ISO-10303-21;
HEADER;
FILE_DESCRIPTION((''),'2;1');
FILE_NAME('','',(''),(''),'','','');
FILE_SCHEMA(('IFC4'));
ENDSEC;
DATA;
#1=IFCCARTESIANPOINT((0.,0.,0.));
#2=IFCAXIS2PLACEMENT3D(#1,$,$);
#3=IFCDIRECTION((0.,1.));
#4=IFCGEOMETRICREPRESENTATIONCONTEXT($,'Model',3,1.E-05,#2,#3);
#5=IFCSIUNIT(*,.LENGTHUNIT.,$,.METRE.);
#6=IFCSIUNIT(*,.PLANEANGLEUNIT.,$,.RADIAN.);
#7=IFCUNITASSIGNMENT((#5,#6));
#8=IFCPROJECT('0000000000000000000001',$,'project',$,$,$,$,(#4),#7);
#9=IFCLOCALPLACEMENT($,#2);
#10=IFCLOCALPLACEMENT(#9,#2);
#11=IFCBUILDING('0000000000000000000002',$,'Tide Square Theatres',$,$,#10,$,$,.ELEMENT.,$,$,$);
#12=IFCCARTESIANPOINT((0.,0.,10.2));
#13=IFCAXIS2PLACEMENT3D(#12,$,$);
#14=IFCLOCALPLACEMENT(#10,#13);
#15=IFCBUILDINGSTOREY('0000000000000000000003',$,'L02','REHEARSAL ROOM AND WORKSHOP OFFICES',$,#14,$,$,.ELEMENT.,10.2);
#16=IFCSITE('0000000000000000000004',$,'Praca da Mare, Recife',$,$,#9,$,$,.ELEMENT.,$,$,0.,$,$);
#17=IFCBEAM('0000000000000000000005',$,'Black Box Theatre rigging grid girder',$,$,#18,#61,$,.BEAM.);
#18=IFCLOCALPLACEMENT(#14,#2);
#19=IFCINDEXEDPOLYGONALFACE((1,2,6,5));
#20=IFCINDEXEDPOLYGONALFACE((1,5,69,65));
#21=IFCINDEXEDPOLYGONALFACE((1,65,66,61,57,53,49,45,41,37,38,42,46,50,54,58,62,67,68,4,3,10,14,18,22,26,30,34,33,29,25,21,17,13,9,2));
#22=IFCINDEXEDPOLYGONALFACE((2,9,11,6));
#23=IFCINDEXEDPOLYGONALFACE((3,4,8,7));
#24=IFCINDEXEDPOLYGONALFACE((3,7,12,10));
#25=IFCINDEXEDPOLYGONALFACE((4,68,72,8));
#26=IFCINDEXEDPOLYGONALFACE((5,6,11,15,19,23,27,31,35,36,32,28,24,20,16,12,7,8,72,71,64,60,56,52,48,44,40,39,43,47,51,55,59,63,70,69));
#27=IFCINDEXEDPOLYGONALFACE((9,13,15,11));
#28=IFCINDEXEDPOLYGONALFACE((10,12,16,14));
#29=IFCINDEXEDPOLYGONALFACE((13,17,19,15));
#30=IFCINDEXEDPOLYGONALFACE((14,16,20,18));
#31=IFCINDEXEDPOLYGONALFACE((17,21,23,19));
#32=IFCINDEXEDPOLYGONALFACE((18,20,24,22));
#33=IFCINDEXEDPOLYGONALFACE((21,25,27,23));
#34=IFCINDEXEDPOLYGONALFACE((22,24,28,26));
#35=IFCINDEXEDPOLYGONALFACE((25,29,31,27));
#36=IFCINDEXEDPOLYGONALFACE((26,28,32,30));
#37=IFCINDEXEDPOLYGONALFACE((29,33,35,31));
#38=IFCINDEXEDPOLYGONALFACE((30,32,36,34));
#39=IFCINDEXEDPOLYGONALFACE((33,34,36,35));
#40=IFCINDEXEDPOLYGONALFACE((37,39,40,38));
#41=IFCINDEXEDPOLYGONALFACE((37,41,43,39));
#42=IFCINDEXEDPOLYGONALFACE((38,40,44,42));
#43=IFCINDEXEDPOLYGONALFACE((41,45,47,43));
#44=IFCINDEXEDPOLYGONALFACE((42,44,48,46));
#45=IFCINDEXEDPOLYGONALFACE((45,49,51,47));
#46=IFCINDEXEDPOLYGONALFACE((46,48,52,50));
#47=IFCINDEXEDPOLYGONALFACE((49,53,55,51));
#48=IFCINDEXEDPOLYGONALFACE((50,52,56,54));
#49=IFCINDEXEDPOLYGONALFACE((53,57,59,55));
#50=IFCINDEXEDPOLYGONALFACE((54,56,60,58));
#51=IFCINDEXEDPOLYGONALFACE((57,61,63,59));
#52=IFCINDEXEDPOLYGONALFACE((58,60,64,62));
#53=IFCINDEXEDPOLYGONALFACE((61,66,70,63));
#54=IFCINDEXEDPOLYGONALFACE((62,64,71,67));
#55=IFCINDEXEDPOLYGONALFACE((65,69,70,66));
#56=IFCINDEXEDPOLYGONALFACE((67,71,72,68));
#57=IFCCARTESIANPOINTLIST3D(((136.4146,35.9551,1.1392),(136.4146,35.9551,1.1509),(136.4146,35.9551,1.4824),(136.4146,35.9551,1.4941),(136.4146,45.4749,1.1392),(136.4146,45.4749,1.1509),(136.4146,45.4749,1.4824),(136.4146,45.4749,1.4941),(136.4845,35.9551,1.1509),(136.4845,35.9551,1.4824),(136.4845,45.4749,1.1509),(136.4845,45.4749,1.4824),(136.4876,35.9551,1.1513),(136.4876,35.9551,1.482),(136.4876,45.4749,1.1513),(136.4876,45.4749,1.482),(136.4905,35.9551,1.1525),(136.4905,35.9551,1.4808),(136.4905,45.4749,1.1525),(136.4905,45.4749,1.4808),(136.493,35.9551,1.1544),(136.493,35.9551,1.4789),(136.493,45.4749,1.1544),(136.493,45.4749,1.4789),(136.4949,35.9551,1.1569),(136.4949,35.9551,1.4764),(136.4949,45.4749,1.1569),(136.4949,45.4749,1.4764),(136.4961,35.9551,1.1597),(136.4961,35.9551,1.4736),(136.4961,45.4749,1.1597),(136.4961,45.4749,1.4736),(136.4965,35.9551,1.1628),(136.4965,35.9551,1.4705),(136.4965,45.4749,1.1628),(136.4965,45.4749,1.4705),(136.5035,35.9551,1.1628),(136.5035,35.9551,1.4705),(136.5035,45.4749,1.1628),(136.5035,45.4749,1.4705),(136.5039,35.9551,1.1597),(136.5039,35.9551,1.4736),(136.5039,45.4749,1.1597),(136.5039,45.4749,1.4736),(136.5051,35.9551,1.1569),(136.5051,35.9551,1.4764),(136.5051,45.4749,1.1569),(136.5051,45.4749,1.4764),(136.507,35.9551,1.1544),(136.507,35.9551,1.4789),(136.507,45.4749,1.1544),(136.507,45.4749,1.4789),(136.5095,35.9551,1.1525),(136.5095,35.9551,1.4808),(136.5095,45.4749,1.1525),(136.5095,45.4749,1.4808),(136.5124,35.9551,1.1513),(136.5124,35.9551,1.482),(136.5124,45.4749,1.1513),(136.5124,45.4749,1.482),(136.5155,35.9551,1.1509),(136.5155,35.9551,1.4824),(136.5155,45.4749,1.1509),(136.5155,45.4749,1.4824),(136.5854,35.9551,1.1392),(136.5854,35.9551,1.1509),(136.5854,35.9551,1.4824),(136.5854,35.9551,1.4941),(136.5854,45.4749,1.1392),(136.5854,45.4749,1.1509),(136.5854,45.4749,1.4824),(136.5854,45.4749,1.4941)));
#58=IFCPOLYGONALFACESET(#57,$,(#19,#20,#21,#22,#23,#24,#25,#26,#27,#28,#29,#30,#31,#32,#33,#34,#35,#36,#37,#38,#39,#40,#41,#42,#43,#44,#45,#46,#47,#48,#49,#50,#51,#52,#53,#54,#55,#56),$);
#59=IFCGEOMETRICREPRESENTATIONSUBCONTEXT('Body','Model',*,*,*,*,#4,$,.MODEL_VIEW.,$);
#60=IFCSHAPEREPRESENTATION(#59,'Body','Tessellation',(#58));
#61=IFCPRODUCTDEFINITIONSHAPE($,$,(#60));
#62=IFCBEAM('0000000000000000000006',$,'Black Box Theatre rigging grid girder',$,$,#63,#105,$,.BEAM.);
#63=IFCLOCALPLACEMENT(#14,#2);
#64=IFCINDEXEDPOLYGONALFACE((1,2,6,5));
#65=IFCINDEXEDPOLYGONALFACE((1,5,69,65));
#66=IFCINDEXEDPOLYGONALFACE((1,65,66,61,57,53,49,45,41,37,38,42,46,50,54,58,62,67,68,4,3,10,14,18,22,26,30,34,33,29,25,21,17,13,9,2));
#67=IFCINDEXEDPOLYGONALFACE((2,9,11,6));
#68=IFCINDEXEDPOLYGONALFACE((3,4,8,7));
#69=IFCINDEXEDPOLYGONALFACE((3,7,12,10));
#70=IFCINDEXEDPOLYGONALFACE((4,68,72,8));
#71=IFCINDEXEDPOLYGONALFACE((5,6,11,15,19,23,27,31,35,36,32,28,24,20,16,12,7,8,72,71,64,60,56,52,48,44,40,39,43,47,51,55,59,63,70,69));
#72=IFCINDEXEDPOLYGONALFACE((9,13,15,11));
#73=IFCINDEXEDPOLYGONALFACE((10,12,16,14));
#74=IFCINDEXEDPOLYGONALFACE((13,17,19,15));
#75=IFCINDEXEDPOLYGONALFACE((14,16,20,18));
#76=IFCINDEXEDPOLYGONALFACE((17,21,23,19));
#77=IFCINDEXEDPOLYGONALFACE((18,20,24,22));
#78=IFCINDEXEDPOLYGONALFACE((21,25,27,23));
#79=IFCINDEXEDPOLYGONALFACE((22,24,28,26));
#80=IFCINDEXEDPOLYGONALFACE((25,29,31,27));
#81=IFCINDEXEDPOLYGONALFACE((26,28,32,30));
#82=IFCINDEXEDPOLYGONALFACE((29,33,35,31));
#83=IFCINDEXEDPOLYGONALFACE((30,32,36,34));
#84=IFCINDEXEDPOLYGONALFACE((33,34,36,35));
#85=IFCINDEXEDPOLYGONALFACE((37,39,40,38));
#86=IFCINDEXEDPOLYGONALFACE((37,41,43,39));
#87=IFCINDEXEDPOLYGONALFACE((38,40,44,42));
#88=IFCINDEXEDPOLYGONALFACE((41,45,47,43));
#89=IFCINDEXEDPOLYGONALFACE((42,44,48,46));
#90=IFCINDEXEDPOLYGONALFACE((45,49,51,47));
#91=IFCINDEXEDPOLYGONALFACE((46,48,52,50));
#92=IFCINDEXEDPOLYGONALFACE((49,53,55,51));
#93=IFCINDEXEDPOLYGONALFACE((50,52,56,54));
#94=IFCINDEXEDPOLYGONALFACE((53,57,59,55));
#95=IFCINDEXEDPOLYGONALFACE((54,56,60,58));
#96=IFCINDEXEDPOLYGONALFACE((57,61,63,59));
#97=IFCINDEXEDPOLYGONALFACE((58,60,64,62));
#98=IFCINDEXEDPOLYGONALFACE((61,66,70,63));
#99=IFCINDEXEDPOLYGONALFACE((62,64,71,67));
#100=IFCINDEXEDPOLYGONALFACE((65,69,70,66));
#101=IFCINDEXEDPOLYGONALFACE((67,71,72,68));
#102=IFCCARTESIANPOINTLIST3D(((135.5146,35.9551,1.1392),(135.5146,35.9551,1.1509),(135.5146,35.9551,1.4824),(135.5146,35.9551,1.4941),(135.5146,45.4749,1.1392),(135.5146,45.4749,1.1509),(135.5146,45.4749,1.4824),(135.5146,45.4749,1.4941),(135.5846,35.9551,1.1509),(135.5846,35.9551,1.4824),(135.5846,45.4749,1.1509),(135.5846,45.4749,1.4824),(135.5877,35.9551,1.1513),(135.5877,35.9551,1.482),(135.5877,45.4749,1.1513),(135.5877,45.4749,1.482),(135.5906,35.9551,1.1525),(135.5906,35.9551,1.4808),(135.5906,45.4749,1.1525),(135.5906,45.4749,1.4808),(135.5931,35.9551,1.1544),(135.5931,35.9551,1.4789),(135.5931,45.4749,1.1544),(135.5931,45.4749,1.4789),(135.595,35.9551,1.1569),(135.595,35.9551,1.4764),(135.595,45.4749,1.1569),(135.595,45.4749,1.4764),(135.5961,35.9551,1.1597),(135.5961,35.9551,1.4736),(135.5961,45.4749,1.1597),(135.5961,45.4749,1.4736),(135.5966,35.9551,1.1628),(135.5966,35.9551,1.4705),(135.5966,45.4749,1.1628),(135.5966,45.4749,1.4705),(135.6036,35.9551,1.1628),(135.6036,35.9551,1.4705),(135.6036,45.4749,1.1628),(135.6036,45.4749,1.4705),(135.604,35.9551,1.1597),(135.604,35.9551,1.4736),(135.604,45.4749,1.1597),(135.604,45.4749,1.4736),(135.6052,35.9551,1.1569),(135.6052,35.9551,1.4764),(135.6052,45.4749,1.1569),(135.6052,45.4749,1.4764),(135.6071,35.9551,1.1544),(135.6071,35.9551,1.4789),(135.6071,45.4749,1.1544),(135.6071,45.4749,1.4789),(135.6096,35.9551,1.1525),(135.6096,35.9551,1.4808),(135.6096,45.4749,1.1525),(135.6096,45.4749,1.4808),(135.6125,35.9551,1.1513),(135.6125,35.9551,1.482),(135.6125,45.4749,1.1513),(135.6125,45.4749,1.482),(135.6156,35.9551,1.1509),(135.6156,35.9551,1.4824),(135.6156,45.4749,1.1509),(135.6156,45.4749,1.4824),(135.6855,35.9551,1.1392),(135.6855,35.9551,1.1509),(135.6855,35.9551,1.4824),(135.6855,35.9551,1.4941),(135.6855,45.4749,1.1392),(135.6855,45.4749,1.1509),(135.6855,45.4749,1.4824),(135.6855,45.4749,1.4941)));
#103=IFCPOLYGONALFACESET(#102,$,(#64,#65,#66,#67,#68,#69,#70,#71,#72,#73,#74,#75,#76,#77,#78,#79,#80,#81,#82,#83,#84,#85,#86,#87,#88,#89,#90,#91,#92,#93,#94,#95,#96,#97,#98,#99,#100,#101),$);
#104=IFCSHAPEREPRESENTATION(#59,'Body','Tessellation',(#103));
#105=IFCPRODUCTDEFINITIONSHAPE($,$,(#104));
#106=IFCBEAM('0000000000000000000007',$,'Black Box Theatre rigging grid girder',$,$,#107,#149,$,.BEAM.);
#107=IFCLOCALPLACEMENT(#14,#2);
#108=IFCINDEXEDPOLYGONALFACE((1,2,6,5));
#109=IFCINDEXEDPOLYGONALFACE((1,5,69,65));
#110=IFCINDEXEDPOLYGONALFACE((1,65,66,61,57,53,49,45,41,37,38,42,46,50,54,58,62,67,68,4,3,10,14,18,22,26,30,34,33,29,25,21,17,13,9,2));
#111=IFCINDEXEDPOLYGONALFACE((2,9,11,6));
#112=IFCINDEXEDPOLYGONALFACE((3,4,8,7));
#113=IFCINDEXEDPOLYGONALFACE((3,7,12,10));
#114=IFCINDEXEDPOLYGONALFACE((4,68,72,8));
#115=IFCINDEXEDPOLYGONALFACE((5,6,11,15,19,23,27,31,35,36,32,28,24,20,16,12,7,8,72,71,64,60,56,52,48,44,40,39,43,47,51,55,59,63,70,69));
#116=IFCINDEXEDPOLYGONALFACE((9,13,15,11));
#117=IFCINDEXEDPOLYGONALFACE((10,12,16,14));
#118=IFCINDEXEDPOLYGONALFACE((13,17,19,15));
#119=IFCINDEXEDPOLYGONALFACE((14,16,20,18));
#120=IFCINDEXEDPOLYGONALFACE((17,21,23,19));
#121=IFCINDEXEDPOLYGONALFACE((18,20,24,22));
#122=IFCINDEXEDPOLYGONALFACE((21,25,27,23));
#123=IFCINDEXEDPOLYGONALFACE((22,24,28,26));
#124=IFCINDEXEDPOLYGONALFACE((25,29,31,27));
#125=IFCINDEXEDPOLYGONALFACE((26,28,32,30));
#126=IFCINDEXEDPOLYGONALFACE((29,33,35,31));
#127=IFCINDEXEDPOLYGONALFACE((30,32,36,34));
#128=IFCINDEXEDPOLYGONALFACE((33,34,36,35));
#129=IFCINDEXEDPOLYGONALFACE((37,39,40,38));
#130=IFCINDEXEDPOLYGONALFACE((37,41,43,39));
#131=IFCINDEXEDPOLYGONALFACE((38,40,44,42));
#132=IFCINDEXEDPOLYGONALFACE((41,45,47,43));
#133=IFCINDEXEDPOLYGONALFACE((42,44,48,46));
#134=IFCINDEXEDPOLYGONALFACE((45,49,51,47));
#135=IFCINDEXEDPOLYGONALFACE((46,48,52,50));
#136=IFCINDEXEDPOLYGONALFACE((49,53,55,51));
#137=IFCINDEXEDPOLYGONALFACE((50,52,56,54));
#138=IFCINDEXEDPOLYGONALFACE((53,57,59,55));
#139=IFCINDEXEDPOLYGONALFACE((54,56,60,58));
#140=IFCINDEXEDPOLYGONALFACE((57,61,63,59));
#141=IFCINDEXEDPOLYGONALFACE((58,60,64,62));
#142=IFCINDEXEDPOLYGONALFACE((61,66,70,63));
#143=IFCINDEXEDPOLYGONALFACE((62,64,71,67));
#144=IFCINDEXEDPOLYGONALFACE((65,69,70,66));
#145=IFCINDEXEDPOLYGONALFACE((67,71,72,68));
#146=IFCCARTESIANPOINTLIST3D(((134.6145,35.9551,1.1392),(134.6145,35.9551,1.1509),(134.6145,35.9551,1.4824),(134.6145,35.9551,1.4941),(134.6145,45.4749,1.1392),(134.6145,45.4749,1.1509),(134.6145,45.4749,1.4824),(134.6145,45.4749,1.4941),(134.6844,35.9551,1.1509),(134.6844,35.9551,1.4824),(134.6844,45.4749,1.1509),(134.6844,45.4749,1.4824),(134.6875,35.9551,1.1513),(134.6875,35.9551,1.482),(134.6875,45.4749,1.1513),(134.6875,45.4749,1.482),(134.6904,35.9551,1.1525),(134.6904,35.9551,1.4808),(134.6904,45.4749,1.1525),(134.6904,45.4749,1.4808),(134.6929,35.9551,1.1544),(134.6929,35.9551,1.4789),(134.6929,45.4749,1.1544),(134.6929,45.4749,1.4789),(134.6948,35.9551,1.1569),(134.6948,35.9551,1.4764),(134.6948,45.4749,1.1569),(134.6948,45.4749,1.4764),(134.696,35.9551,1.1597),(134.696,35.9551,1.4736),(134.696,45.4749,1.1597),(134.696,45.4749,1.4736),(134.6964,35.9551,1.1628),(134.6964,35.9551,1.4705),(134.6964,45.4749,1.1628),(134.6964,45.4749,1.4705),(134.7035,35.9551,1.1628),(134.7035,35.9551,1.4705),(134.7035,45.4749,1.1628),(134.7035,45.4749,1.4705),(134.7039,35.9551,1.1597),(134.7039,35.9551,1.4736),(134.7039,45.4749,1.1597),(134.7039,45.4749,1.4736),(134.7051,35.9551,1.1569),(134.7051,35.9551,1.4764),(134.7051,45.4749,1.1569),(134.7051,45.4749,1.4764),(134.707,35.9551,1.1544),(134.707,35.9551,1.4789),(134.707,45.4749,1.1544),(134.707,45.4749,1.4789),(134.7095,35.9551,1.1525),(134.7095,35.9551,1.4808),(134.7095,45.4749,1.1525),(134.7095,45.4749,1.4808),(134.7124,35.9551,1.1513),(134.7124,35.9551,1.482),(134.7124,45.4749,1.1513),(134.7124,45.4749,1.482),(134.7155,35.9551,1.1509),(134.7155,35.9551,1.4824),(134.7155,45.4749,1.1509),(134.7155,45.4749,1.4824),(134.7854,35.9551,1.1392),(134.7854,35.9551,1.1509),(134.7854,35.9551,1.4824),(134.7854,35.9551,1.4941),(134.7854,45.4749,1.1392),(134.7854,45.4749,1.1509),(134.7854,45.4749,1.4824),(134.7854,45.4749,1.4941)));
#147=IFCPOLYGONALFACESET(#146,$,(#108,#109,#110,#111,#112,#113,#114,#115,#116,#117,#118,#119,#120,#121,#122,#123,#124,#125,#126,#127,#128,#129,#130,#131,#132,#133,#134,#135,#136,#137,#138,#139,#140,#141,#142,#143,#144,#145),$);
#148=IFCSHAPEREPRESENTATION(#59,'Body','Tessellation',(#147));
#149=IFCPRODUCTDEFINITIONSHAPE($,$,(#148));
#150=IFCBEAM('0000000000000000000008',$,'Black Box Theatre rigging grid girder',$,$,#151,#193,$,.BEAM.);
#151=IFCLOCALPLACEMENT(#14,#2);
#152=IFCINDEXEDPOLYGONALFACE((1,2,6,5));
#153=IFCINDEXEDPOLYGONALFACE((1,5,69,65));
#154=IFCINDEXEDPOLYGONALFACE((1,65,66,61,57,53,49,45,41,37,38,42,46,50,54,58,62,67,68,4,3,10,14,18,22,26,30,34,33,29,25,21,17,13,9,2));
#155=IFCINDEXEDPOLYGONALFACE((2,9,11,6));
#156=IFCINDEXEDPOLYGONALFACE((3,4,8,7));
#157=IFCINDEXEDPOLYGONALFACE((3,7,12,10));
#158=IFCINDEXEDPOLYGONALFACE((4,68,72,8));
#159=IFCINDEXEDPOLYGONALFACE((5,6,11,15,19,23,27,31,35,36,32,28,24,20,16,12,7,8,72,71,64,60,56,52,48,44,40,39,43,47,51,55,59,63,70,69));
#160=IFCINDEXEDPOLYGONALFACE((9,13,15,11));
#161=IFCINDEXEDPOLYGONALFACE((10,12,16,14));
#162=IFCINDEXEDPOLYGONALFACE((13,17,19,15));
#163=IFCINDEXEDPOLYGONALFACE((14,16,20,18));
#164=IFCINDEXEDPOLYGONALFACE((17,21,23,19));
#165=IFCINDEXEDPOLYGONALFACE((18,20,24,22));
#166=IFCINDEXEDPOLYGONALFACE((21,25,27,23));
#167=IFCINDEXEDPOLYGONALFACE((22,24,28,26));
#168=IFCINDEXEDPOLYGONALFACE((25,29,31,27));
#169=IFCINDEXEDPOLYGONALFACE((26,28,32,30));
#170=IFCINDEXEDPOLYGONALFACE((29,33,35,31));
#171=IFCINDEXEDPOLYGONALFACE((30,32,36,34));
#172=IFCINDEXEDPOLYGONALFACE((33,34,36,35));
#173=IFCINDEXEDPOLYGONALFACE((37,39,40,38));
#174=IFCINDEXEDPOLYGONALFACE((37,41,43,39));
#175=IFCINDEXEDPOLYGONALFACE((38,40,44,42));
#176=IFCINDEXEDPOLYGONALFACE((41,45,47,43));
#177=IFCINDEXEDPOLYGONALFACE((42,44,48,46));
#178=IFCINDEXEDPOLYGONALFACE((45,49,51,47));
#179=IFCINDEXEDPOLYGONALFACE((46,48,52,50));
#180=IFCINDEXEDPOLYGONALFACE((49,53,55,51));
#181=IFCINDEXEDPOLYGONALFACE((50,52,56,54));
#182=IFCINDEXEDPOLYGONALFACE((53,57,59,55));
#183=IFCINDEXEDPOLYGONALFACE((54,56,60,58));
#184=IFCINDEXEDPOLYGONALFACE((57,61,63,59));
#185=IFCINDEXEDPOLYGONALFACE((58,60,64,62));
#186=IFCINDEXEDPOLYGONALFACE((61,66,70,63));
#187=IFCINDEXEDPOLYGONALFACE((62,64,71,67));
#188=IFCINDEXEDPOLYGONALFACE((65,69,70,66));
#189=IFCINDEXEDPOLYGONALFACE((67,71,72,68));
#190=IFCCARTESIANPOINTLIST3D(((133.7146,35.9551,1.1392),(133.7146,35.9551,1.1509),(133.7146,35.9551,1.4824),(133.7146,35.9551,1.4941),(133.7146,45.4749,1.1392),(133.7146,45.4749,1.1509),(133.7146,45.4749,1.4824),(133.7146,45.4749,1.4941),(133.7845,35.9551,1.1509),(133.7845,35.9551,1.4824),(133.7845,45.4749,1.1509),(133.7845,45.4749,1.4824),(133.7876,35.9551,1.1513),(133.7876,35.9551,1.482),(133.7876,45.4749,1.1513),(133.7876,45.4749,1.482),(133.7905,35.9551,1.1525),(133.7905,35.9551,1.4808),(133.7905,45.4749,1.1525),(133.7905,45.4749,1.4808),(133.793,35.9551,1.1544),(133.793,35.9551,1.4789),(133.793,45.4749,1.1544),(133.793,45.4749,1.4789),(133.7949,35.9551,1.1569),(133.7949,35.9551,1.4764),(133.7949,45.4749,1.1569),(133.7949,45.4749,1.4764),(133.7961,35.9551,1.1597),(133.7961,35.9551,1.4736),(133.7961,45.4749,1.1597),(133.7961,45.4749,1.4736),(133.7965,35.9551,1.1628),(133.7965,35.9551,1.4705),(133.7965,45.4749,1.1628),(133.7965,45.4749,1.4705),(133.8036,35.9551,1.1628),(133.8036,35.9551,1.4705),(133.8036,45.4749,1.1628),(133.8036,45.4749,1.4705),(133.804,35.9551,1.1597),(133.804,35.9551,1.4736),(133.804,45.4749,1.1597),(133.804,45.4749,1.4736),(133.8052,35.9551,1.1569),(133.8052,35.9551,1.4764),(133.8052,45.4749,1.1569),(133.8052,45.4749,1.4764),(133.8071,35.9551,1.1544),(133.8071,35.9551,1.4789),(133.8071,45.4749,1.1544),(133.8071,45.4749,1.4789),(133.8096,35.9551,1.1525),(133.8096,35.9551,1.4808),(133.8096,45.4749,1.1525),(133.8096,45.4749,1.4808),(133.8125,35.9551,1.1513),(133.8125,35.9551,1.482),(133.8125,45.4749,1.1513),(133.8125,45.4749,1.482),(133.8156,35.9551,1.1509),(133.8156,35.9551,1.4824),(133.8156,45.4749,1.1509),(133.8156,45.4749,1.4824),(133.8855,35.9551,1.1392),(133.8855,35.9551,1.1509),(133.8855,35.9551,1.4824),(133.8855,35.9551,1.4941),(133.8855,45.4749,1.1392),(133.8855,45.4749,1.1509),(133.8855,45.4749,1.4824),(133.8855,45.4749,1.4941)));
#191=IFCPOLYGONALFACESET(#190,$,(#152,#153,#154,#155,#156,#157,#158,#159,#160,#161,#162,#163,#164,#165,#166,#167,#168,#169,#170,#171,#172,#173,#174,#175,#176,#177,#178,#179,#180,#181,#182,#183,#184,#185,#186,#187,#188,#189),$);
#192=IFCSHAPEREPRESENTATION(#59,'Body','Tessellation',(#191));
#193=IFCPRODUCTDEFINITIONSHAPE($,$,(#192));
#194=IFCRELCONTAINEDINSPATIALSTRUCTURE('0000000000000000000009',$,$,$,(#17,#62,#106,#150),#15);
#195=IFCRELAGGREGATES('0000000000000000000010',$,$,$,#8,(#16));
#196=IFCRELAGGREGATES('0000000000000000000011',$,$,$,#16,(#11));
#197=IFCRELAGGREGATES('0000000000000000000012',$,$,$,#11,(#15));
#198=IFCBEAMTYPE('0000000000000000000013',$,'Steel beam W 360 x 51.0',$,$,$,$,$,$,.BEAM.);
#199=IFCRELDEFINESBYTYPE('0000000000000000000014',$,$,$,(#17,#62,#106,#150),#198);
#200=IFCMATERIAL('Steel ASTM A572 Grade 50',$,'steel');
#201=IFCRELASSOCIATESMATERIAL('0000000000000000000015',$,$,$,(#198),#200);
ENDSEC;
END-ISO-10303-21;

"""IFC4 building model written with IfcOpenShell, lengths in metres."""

from ifc_helpers import new_model, si_unit, direction, frame, origin, origin_2d, place, context, subcontext, project, spatial, i_section, extrude, material, material_profile, profile_set, type_object, element, save


model = new_model("IFC4")

# Units and contexts
model_context = context("Model", 3, precision=1e-05, world=origin(), true_north=direction((0.0, 1.0)))
body_context = subcontext(model_context, "Body", "Model", "MODEL_VIEW")
ifc_project = project(units=[si_unit("LENGTHUNIT", "METRE"), si_unit("PLANEANGLEUNIT", "RADIAN")], contexts=[model_context])

# Site, building, storey
site_placement = place(None, origin())
site = spatial("IfcSite", under=ifc_project, at=site_placement, Name="Praca da Mare, Recife", CompositionType="ELEMENT", RefElevation=0.0)
building_placement = place(site_placement, origin())
building = spatial("IfcBuilding", under=site, at=building_placement, Name="Tide Square Theatres", CompositionType="ELEMENT")
storey_placement = place(building_placement, frame((0.0, 0.0, 10.2)))
storey = spatial("IfcBuildingStorey", under=building, at=storey_placement, Name="L02", Description="REHEARSAL ROOM AND WORKSHOP OFFICES", CompositionType="ELEMENT", Elevation=10.2)

# Beams
ifc_material_1 = material(Name="Steel ASTM A572 Grade 50", Category="steel")
ifc_material_profile_1 = material_profile(ifc_material_1, i_section(OverallWidth=0.1709, OverallDepth=0.355, WebThickness=0.0071, FlangeThickness=0.0117, FilletRadius=0.012, at=origin_2d()))
ifc_profile_set_1 = profile_set([ifc_material_profile_1], Name="Steel ASTM A572 Grade 50")
beam_type_1 = type_object("IfcBeamType", Name="Steel beam W 360 x 51.0", PredefinedType="BEAM", material=ifc_profile_set_1)
for number, where, z_axis, x_axis, name in (
    (1, (136.5, 35.9551, 1.3167), (0.0, 1.0, 0.0), (-1.0, 0.0, 0.0), "Black Box Theatre rigging grid girder"),
    (2, (135.6001, 35.9551, 1.3167), (0.0, 1.0, 0.0), (-1.0, 0.0, 0.0), "Black Box Theatre rigging grid girder"),
    (3, (134.7, 35.9551, 1.3167), (0.0, 1.0, 0.0), (-1.0, 0.0, 0.0), "Black Box Theatre rigging grid girder"),
    (4, (133.8, 35.9551, 1.3167), (0.0, 1.0, 0.0), (-1.0, 0.0, 0.0), "Black Box Theatre rigging grid girder"),
):
    element("IfcBeam", number, at=place(storey_placement, frame(where, z_axis=z_axis, x_axis=x_axis)), inside=storey, type_object=beam_type_1, Name=name, PredefinedType="BEAM", context=body_context, shape_type="SweptSolid", body=[
        extrude(i_section(OverallWidth=0.1709, OverallDepth=0.355, WebThickness=0.0071, FlangeThickness=0.0117, FilletRadius=0.012, at=origin_2d()), origin(), (0.0, 0.0, 1.0), 9.5198),
    ])

save(model, "model.ifc")
